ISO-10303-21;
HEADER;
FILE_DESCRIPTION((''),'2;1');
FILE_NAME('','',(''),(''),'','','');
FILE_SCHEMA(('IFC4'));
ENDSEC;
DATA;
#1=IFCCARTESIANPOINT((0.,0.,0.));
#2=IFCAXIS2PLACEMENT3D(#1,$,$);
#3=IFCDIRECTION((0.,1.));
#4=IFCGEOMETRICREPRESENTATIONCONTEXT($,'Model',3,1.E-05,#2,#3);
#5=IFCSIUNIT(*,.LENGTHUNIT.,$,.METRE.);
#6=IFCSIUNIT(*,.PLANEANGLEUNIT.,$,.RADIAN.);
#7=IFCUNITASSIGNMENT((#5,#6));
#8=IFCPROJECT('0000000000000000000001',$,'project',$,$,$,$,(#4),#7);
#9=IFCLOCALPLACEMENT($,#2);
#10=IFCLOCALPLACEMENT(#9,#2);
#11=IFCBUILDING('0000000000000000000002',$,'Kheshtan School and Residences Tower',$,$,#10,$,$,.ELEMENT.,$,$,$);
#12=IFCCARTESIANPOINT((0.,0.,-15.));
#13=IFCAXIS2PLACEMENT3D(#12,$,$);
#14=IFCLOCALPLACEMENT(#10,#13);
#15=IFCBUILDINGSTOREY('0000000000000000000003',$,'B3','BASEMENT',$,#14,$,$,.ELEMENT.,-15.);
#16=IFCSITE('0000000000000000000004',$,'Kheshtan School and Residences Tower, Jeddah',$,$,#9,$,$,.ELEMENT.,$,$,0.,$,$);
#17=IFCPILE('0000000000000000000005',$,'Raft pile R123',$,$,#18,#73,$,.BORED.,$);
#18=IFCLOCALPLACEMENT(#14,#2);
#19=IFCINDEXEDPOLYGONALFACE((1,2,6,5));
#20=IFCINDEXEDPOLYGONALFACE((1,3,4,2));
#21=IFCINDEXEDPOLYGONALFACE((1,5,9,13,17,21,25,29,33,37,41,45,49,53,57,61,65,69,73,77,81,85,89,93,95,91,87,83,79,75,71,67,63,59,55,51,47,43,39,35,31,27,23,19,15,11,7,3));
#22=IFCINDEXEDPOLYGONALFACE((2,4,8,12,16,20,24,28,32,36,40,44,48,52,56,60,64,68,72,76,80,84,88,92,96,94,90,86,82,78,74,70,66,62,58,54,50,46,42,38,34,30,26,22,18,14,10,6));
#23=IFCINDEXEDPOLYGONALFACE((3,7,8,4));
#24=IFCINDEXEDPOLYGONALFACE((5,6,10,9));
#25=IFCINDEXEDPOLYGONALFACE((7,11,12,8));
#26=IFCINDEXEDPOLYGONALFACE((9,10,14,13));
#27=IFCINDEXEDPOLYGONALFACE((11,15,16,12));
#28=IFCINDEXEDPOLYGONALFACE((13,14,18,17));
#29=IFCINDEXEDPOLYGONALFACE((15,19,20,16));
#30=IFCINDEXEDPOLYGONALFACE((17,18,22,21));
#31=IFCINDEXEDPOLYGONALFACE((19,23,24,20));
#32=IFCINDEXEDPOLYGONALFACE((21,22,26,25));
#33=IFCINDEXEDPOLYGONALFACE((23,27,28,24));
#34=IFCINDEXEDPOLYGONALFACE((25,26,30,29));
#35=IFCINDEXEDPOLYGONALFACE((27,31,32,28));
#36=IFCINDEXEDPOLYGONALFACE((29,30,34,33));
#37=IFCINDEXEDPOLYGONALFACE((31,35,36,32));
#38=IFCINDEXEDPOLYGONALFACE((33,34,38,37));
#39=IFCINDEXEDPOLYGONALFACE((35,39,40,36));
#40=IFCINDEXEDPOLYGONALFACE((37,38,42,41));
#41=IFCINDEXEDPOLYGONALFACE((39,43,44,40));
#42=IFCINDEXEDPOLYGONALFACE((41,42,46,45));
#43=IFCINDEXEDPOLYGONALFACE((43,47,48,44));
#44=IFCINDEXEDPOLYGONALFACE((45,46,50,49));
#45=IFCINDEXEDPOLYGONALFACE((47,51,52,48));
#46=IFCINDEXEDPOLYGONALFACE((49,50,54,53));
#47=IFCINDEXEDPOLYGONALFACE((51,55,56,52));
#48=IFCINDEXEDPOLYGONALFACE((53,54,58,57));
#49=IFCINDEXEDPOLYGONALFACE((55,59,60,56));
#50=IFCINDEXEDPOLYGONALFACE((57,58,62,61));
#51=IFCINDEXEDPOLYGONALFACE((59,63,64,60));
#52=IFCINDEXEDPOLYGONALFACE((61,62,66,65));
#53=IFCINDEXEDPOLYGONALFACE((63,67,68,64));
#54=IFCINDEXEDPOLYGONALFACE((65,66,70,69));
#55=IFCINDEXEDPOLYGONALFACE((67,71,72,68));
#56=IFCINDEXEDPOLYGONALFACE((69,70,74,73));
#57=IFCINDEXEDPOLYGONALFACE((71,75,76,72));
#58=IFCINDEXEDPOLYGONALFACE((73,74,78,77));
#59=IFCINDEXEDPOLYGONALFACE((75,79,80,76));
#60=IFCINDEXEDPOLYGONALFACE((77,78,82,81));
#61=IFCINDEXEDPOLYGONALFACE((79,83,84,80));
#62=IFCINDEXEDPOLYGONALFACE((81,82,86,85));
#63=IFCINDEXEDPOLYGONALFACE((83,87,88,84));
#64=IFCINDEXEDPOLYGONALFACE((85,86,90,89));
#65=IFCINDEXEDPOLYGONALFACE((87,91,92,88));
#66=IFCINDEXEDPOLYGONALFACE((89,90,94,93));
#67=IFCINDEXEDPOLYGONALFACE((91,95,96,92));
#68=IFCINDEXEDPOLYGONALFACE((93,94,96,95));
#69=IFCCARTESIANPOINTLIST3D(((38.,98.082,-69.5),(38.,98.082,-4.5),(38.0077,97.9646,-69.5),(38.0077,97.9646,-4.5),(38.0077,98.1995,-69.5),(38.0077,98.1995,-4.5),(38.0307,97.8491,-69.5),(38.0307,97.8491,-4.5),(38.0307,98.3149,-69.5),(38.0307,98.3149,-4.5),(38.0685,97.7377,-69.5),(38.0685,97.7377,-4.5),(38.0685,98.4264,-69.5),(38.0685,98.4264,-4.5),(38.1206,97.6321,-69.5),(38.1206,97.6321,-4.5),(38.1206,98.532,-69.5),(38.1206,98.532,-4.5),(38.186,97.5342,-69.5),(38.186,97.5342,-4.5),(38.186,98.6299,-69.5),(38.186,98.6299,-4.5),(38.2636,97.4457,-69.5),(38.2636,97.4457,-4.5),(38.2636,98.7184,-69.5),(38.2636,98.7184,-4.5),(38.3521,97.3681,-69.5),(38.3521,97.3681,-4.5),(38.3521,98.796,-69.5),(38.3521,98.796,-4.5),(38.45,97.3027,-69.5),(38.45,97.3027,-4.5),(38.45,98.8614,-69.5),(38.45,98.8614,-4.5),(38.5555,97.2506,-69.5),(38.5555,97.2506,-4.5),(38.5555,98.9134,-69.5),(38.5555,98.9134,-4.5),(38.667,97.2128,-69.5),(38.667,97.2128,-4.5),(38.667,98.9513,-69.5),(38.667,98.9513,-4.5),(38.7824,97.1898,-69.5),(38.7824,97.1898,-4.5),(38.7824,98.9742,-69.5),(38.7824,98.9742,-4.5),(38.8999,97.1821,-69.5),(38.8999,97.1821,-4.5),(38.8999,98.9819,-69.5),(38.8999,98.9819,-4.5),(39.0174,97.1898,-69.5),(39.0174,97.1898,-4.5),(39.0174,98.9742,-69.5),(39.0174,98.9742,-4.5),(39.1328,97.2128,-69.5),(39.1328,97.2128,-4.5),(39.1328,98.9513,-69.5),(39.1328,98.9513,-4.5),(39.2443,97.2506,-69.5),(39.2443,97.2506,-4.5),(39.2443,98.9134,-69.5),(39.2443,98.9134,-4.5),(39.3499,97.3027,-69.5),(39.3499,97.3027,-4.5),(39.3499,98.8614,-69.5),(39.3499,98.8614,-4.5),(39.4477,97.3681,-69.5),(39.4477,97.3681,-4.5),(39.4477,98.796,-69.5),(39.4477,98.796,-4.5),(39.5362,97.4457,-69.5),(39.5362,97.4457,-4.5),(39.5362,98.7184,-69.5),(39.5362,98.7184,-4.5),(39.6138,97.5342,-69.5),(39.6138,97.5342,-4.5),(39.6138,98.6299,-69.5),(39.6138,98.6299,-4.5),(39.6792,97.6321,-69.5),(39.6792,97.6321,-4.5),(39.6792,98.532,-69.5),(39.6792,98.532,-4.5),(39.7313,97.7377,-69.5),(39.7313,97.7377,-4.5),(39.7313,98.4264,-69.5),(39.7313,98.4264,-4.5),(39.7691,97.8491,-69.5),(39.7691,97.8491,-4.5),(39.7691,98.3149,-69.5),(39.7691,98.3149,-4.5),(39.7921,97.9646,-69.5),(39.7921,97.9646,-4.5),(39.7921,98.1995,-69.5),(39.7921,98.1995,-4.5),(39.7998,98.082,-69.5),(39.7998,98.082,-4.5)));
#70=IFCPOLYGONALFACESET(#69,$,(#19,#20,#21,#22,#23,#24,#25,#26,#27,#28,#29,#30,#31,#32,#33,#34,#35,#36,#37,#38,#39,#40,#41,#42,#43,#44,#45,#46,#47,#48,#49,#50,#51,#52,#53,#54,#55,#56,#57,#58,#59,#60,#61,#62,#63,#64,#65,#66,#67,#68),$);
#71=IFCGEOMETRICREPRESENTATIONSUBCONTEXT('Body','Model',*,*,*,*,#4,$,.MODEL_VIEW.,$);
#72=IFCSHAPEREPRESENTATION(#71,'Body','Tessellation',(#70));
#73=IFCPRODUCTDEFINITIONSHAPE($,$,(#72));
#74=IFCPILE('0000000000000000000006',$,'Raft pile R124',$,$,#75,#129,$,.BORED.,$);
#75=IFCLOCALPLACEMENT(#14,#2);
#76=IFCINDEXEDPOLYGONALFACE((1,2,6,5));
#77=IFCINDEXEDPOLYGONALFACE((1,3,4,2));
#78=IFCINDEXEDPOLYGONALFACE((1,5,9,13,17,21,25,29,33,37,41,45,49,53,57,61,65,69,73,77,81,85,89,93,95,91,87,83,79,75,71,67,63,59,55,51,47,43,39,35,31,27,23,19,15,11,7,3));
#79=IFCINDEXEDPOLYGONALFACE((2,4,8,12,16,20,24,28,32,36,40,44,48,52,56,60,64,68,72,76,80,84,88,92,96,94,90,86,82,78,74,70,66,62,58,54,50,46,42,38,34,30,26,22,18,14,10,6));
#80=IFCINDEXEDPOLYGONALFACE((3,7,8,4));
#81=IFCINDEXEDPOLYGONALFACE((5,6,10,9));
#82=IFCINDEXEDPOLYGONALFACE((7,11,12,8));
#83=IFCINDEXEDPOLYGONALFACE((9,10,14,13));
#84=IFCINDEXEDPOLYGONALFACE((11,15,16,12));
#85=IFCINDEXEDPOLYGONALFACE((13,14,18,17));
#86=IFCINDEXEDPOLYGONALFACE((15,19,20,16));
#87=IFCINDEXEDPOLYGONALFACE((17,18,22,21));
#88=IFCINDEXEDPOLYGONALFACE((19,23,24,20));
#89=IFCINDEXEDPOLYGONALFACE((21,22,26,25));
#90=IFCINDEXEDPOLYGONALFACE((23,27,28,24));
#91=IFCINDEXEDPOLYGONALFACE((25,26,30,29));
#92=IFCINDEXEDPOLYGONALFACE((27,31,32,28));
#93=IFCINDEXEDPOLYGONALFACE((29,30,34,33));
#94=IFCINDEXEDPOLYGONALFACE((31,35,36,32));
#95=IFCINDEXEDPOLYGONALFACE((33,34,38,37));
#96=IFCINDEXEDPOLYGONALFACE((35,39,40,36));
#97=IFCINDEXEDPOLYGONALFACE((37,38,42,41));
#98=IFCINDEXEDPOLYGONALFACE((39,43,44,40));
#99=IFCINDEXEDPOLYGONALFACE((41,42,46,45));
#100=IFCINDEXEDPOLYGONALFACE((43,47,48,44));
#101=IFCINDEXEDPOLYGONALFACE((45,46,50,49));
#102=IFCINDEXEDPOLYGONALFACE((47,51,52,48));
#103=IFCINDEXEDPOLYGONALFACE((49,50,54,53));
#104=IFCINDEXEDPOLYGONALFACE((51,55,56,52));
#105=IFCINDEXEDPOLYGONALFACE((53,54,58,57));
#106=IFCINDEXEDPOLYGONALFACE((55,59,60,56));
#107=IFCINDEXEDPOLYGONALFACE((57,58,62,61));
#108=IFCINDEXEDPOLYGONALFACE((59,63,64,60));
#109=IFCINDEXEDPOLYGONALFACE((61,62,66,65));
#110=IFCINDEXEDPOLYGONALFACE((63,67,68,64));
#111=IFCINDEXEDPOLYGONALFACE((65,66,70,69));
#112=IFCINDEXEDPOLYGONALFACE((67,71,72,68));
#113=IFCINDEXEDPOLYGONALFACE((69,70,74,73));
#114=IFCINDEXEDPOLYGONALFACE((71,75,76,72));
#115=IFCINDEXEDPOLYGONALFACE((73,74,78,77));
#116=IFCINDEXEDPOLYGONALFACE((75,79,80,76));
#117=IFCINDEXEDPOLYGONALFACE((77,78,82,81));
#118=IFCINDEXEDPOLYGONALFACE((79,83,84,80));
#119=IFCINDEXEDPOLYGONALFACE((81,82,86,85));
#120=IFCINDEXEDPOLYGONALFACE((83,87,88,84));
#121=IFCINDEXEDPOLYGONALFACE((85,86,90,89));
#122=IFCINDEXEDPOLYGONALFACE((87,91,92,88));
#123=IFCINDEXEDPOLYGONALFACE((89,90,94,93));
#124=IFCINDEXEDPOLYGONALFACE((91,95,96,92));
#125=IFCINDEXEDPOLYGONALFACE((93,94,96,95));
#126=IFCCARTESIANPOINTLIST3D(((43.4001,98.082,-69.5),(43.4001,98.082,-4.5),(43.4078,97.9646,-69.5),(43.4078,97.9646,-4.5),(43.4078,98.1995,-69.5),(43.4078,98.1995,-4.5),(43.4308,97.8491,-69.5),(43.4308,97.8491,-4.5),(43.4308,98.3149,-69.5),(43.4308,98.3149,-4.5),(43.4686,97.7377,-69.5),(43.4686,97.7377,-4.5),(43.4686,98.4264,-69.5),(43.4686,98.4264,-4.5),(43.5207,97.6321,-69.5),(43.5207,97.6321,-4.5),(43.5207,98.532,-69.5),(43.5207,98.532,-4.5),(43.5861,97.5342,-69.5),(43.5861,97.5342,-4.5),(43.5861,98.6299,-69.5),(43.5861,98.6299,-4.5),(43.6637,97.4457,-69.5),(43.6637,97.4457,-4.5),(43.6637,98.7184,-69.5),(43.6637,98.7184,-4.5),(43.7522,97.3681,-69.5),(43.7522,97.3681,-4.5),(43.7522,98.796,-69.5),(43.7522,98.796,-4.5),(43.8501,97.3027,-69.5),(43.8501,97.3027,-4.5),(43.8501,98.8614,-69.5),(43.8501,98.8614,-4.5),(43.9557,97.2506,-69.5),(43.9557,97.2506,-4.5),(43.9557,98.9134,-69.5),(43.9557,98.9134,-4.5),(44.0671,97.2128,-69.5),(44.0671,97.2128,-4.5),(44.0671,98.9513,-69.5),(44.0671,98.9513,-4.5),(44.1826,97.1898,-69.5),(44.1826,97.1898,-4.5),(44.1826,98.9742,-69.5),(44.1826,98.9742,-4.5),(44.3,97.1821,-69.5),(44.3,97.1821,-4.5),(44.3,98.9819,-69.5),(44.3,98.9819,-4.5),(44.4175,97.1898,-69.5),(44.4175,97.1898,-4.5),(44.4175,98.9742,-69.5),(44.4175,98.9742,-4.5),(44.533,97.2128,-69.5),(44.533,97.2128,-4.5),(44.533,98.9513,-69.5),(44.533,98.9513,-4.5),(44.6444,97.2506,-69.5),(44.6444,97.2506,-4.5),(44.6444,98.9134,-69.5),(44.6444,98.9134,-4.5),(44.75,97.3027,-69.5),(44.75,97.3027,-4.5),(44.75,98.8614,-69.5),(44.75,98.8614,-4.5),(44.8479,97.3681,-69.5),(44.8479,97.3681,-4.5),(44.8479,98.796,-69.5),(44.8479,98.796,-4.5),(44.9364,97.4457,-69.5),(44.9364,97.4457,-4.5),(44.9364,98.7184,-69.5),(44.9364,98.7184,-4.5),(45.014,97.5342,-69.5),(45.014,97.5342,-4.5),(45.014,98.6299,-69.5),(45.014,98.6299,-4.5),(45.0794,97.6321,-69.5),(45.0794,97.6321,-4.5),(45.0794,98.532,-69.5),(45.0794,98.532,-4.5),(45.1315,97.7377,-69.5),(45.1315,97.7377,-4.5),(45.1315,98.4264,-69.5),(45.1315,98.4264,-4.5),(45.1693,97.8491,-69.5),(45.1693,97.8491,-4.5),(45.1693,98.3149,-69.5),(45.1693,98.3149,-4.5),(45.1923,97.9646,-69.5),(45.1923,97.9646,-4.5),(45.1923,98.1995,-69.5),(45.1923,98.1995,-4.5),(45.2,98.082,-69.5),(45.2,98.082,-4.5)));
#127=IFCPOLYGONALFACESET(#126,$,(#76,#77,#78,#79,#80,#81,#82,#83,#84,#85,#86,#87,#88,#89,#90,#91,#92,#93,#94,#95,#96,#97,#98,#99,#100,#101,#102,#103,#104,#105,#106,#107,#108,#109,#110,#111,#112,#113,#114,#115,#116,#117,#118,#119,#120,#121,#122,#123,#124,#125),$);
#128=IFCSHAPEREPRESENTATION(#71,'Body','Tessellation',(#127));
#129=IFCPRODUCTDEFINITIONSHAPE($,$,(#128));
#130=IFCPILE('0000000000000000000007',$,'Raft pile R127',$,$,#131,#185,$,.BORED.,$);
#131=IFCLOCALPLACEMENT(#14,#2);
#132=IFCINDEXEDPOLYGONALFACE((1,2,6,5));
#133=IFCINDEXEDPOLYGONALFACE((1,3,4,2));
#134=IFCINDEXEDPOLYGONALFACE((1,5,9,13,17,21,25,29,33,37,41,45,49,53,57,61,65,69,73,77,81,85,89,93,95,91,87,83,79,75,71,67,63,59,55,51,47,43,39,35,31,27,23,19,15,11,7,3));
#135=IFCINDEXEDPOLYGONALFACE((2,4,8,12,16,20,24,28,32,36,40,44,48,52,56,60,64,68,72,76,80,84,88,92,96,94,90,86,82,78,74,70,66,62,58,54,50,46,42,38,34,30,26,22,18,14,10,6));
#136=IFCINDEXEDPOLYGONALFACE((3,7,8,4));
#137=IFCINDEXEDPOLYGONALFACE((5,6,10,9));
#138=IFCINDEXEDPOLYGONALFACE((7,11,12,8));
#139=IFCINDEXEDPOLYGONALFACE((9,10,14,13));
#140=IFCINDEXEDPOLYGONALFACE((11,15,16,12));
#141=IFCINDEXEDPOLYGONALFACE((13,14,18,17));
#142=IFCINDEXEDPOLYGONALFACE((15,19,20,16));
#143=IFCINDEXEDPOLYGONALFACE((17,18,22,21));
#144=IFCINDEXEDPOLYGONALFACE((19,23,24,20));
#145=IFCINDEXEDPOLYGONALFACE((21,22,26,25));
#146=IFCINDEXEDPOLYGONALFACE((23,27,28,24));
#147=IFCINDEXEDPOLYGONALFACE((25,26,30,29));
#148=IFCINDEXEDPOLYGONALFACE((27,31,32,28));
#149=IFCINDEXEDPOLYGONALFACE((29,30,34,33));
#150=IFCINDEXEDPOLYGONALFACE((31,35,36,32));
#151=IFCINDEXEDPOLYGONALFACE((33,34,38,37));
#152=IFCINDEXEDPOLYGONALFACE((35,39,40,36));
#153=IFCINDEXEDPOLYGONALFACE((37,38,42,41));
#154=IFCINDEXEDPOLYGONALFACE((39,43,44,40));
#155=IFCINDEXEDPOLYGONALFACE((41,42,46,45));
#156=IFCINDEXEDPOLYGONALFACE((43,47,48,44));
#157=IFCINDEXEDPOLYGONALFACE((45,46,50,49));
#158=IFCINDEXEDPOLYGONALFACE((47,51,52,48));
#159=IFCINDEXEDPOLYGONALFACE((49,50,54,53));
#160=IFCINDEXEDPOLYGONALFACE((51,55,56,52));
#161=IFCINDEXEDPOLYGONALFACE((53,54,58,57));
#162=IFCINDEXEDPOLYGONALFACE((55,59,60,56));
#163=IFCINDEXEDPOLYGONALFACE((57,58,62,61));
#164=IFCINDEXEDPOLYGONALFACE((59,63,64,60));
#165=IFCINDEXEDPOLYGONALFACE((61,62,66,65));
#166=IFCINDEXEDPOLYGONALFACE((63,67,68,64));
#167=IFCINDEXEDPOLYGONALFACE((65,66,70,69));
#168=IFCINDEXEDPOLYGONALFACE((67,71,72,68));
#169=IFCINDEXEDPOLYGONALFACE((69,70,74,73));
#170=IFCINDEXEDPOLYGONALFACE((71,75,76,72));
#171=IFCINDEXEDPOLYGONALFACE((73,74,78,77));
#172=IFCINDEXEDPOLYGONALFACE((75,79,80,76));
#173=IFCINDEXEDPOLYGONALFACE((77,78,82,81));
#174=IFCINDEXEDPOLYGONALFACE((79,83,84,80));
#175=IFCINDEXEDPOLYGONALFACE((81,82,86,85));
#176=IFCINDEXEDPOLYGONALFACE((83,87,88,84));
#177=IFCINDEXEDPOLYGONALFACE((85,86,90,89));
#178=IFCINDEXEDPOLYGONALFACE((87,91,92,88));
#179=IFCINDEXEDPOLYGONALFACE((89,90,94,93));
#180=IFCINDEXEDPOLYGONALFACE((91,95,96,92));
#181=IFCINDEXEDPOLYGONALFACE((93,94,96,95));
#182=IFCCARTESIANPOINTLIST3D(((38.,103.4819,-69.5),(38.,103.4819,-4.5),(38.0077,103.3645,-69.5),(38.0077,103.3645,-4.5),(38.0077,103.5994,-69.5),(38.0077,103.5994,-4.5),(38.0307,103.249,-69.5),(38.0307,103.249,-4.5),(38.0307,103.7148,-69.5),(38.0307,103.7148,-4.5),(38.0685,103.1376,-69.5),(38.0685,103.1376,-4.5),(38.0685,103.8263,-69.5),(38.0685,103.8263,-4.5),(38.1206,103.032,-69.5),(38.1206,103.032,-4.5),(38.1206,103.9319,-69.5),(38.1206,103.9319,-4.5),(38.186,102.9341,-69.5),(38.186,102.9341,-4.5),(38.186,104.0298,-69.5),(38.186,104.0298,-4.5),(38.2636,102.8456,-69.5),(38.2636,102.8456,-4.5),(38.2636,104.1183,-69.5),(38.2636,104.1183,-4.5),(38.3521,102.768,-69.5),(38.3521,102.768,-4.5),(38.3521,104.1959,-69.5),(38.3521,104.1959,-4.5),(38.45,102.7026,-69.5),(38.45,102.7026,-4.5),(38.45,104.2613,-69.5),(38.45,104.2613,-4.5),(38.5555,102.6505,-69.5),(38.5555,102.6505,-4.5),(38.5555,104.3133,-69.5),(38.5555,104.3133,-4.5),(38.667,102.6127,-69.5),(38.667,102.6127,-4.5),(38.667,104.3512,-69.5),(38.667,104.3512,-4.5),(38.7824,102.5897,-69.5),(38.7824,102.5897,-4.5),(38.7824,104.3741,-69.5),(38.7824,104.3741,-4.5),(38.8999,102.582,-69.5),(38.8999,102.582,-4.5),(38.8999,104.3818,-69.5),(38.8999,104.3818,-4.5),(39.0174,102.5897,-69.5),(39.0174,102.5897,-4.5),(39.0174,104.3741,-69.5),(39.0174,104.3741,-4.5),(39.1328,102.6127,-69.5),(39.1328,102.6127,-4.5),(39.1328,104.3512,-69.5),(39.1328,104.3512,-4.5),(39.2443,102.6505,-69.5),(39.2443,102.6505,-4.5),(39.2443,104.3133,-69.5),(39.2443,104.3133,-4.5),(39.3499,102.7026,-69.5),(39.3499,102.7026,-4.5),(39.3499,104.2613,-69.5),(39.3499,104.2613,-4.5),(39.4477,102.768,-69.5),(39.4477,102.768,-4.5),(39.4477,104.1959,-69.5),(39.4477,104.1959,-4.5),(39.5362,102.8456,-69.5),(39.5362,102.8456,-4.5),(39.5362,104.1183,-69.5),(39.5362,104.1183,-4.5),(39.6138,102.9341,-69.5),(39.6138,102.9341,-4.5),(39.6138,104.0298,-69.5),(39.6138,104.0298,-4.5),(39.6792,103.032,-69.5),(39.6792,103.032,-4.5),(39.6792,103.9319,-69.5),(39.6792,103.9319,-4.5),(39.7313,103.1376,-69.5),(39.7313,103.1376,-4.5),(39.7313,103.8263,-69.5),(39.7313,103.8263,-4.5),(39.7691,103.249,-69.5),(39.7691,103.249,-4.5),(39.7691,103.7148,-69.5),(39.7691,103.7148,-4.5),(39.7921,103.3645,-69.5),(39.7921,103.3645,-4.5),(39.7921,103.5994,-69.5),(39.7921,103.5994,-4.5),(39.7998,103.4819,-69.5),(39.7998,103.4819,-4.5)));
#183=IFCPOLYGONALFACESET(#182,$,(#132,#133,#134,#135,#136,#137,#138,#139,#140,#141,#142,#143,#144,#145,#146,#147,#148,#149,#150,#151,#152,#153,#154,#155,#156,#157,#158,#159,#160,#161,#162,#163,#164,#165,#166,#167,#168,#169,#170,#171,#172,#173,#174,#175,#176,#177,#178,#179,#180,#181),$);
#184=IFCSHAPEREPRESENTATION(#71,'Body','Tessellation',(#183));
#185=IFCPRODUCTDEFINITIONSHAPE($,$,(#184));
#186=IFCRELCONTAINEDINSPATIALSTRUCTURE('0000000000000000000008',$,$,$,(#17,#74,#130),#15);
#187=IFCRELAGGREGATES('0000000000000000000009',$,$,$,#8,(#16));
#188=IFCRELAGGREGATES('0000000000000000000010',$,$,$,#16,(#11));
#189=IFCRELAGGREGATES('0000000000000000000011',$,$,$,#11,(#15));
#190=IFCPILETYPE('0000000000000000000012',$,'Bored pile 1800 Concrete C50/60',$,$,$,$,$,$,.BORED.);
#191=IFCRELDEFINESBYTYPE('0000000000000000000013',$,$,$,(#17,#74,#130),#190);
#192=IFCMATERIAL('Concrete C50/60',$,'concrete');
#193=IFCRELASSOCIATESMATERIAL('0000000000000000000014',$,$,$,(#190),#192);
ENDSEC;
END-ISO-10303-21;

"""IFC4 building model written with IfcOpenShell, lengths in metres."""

from ifc_helpers import new_model, si_unit, direction, frame, origin, origin_2d, place, context, subcontext, project, spatial, circle, extrude, material, material_profile, profile_set, type_object, element, save


model = new_model("IFC4")

# Units and contexts
model_context = context("Model", 3, precision=1e-05, world=origin(), true_north=direction((0.0, 1.0)))
body_context = subcontext(model_context, "Body", "Model", "MODEL_VIEW")
ifc_project = project(units=[si_unit("LENGTHUNIT", "METRE"), si_unit("PLANEANGLEUNIT", "RADIAN")], contexts=[model_context])

# Site, building, storey
site_placement = place(None, origin())
site = spatial("IfcSite", under=ifc_project, at=site_placement, Name="Kheshtan School and Residences Tower, Jeddah", CompositionType="ELEMENT", RefElevation=0.0)
building_placement = place(site_placement, origin())
building = spatial("IfcBuilding", under=site, at=building_placement, Name="Kheshtan School and Residences Tower", CompositionType="ELEMENT")
storey_placement = place(building_placement, frame((0.0, 0.0, -15.0)))
storey = spatial("IfcBuildingStorey", under=building, at=storey_placement, Name="B3", Description="BASEMENT", CompositionType="ELEMENT", Elevation=-15.0)

# Piles
ifc_material_1 = material(Name="Concrete C50/60", Category="concrete")
ifc_material_profile_1 = material_profile(ifc_material_1, circle(Radius=0.8999, at=origin_2d()), Name="BP 1800")
ifc_profile_set_1 = profile_set([ifc_material_profile_1], Name="Concrete C50/60")
pile_type = type_object("IfcPileType", Name="Bored pile 1800 Concrete C50/60", PredefinedType="BORED", material=ifc_profile_set_1)
for number, where, z_axis, x_axis, name in (
    (1, (38.8999, 98.082, -4.5), (0.0, 0.0, -1.0), (1.0, 0.0, 0.0), "Raft pile R123"),
    (2, (44.3, 98.082, -4.5), (0.0, 0.0, -1.0), (1.0, 0.0, 0.0), "Raft pile R124"),
    (3, (38.8999, 103.4819, -4.5), (0.0, 0.0, -1.0), (1.0, 0.0, 0.0), "Raft pile R127"),
):
    element("IfcPile", number, at=place(storey_placement, frame(where, z_axis=z_axis, x_axis=x_axis)), inside=storey, type_object=pile_type, Name=name, PredefinedType="BORED", context=body_context, shape_type="SweptSolid", body=[
        extrude(circle(Radius=0.8999, at=origin_2d()), origin(), (0.0, 0.0, 1.0), 65.0),
    ])

save(model, "model.ifc")
